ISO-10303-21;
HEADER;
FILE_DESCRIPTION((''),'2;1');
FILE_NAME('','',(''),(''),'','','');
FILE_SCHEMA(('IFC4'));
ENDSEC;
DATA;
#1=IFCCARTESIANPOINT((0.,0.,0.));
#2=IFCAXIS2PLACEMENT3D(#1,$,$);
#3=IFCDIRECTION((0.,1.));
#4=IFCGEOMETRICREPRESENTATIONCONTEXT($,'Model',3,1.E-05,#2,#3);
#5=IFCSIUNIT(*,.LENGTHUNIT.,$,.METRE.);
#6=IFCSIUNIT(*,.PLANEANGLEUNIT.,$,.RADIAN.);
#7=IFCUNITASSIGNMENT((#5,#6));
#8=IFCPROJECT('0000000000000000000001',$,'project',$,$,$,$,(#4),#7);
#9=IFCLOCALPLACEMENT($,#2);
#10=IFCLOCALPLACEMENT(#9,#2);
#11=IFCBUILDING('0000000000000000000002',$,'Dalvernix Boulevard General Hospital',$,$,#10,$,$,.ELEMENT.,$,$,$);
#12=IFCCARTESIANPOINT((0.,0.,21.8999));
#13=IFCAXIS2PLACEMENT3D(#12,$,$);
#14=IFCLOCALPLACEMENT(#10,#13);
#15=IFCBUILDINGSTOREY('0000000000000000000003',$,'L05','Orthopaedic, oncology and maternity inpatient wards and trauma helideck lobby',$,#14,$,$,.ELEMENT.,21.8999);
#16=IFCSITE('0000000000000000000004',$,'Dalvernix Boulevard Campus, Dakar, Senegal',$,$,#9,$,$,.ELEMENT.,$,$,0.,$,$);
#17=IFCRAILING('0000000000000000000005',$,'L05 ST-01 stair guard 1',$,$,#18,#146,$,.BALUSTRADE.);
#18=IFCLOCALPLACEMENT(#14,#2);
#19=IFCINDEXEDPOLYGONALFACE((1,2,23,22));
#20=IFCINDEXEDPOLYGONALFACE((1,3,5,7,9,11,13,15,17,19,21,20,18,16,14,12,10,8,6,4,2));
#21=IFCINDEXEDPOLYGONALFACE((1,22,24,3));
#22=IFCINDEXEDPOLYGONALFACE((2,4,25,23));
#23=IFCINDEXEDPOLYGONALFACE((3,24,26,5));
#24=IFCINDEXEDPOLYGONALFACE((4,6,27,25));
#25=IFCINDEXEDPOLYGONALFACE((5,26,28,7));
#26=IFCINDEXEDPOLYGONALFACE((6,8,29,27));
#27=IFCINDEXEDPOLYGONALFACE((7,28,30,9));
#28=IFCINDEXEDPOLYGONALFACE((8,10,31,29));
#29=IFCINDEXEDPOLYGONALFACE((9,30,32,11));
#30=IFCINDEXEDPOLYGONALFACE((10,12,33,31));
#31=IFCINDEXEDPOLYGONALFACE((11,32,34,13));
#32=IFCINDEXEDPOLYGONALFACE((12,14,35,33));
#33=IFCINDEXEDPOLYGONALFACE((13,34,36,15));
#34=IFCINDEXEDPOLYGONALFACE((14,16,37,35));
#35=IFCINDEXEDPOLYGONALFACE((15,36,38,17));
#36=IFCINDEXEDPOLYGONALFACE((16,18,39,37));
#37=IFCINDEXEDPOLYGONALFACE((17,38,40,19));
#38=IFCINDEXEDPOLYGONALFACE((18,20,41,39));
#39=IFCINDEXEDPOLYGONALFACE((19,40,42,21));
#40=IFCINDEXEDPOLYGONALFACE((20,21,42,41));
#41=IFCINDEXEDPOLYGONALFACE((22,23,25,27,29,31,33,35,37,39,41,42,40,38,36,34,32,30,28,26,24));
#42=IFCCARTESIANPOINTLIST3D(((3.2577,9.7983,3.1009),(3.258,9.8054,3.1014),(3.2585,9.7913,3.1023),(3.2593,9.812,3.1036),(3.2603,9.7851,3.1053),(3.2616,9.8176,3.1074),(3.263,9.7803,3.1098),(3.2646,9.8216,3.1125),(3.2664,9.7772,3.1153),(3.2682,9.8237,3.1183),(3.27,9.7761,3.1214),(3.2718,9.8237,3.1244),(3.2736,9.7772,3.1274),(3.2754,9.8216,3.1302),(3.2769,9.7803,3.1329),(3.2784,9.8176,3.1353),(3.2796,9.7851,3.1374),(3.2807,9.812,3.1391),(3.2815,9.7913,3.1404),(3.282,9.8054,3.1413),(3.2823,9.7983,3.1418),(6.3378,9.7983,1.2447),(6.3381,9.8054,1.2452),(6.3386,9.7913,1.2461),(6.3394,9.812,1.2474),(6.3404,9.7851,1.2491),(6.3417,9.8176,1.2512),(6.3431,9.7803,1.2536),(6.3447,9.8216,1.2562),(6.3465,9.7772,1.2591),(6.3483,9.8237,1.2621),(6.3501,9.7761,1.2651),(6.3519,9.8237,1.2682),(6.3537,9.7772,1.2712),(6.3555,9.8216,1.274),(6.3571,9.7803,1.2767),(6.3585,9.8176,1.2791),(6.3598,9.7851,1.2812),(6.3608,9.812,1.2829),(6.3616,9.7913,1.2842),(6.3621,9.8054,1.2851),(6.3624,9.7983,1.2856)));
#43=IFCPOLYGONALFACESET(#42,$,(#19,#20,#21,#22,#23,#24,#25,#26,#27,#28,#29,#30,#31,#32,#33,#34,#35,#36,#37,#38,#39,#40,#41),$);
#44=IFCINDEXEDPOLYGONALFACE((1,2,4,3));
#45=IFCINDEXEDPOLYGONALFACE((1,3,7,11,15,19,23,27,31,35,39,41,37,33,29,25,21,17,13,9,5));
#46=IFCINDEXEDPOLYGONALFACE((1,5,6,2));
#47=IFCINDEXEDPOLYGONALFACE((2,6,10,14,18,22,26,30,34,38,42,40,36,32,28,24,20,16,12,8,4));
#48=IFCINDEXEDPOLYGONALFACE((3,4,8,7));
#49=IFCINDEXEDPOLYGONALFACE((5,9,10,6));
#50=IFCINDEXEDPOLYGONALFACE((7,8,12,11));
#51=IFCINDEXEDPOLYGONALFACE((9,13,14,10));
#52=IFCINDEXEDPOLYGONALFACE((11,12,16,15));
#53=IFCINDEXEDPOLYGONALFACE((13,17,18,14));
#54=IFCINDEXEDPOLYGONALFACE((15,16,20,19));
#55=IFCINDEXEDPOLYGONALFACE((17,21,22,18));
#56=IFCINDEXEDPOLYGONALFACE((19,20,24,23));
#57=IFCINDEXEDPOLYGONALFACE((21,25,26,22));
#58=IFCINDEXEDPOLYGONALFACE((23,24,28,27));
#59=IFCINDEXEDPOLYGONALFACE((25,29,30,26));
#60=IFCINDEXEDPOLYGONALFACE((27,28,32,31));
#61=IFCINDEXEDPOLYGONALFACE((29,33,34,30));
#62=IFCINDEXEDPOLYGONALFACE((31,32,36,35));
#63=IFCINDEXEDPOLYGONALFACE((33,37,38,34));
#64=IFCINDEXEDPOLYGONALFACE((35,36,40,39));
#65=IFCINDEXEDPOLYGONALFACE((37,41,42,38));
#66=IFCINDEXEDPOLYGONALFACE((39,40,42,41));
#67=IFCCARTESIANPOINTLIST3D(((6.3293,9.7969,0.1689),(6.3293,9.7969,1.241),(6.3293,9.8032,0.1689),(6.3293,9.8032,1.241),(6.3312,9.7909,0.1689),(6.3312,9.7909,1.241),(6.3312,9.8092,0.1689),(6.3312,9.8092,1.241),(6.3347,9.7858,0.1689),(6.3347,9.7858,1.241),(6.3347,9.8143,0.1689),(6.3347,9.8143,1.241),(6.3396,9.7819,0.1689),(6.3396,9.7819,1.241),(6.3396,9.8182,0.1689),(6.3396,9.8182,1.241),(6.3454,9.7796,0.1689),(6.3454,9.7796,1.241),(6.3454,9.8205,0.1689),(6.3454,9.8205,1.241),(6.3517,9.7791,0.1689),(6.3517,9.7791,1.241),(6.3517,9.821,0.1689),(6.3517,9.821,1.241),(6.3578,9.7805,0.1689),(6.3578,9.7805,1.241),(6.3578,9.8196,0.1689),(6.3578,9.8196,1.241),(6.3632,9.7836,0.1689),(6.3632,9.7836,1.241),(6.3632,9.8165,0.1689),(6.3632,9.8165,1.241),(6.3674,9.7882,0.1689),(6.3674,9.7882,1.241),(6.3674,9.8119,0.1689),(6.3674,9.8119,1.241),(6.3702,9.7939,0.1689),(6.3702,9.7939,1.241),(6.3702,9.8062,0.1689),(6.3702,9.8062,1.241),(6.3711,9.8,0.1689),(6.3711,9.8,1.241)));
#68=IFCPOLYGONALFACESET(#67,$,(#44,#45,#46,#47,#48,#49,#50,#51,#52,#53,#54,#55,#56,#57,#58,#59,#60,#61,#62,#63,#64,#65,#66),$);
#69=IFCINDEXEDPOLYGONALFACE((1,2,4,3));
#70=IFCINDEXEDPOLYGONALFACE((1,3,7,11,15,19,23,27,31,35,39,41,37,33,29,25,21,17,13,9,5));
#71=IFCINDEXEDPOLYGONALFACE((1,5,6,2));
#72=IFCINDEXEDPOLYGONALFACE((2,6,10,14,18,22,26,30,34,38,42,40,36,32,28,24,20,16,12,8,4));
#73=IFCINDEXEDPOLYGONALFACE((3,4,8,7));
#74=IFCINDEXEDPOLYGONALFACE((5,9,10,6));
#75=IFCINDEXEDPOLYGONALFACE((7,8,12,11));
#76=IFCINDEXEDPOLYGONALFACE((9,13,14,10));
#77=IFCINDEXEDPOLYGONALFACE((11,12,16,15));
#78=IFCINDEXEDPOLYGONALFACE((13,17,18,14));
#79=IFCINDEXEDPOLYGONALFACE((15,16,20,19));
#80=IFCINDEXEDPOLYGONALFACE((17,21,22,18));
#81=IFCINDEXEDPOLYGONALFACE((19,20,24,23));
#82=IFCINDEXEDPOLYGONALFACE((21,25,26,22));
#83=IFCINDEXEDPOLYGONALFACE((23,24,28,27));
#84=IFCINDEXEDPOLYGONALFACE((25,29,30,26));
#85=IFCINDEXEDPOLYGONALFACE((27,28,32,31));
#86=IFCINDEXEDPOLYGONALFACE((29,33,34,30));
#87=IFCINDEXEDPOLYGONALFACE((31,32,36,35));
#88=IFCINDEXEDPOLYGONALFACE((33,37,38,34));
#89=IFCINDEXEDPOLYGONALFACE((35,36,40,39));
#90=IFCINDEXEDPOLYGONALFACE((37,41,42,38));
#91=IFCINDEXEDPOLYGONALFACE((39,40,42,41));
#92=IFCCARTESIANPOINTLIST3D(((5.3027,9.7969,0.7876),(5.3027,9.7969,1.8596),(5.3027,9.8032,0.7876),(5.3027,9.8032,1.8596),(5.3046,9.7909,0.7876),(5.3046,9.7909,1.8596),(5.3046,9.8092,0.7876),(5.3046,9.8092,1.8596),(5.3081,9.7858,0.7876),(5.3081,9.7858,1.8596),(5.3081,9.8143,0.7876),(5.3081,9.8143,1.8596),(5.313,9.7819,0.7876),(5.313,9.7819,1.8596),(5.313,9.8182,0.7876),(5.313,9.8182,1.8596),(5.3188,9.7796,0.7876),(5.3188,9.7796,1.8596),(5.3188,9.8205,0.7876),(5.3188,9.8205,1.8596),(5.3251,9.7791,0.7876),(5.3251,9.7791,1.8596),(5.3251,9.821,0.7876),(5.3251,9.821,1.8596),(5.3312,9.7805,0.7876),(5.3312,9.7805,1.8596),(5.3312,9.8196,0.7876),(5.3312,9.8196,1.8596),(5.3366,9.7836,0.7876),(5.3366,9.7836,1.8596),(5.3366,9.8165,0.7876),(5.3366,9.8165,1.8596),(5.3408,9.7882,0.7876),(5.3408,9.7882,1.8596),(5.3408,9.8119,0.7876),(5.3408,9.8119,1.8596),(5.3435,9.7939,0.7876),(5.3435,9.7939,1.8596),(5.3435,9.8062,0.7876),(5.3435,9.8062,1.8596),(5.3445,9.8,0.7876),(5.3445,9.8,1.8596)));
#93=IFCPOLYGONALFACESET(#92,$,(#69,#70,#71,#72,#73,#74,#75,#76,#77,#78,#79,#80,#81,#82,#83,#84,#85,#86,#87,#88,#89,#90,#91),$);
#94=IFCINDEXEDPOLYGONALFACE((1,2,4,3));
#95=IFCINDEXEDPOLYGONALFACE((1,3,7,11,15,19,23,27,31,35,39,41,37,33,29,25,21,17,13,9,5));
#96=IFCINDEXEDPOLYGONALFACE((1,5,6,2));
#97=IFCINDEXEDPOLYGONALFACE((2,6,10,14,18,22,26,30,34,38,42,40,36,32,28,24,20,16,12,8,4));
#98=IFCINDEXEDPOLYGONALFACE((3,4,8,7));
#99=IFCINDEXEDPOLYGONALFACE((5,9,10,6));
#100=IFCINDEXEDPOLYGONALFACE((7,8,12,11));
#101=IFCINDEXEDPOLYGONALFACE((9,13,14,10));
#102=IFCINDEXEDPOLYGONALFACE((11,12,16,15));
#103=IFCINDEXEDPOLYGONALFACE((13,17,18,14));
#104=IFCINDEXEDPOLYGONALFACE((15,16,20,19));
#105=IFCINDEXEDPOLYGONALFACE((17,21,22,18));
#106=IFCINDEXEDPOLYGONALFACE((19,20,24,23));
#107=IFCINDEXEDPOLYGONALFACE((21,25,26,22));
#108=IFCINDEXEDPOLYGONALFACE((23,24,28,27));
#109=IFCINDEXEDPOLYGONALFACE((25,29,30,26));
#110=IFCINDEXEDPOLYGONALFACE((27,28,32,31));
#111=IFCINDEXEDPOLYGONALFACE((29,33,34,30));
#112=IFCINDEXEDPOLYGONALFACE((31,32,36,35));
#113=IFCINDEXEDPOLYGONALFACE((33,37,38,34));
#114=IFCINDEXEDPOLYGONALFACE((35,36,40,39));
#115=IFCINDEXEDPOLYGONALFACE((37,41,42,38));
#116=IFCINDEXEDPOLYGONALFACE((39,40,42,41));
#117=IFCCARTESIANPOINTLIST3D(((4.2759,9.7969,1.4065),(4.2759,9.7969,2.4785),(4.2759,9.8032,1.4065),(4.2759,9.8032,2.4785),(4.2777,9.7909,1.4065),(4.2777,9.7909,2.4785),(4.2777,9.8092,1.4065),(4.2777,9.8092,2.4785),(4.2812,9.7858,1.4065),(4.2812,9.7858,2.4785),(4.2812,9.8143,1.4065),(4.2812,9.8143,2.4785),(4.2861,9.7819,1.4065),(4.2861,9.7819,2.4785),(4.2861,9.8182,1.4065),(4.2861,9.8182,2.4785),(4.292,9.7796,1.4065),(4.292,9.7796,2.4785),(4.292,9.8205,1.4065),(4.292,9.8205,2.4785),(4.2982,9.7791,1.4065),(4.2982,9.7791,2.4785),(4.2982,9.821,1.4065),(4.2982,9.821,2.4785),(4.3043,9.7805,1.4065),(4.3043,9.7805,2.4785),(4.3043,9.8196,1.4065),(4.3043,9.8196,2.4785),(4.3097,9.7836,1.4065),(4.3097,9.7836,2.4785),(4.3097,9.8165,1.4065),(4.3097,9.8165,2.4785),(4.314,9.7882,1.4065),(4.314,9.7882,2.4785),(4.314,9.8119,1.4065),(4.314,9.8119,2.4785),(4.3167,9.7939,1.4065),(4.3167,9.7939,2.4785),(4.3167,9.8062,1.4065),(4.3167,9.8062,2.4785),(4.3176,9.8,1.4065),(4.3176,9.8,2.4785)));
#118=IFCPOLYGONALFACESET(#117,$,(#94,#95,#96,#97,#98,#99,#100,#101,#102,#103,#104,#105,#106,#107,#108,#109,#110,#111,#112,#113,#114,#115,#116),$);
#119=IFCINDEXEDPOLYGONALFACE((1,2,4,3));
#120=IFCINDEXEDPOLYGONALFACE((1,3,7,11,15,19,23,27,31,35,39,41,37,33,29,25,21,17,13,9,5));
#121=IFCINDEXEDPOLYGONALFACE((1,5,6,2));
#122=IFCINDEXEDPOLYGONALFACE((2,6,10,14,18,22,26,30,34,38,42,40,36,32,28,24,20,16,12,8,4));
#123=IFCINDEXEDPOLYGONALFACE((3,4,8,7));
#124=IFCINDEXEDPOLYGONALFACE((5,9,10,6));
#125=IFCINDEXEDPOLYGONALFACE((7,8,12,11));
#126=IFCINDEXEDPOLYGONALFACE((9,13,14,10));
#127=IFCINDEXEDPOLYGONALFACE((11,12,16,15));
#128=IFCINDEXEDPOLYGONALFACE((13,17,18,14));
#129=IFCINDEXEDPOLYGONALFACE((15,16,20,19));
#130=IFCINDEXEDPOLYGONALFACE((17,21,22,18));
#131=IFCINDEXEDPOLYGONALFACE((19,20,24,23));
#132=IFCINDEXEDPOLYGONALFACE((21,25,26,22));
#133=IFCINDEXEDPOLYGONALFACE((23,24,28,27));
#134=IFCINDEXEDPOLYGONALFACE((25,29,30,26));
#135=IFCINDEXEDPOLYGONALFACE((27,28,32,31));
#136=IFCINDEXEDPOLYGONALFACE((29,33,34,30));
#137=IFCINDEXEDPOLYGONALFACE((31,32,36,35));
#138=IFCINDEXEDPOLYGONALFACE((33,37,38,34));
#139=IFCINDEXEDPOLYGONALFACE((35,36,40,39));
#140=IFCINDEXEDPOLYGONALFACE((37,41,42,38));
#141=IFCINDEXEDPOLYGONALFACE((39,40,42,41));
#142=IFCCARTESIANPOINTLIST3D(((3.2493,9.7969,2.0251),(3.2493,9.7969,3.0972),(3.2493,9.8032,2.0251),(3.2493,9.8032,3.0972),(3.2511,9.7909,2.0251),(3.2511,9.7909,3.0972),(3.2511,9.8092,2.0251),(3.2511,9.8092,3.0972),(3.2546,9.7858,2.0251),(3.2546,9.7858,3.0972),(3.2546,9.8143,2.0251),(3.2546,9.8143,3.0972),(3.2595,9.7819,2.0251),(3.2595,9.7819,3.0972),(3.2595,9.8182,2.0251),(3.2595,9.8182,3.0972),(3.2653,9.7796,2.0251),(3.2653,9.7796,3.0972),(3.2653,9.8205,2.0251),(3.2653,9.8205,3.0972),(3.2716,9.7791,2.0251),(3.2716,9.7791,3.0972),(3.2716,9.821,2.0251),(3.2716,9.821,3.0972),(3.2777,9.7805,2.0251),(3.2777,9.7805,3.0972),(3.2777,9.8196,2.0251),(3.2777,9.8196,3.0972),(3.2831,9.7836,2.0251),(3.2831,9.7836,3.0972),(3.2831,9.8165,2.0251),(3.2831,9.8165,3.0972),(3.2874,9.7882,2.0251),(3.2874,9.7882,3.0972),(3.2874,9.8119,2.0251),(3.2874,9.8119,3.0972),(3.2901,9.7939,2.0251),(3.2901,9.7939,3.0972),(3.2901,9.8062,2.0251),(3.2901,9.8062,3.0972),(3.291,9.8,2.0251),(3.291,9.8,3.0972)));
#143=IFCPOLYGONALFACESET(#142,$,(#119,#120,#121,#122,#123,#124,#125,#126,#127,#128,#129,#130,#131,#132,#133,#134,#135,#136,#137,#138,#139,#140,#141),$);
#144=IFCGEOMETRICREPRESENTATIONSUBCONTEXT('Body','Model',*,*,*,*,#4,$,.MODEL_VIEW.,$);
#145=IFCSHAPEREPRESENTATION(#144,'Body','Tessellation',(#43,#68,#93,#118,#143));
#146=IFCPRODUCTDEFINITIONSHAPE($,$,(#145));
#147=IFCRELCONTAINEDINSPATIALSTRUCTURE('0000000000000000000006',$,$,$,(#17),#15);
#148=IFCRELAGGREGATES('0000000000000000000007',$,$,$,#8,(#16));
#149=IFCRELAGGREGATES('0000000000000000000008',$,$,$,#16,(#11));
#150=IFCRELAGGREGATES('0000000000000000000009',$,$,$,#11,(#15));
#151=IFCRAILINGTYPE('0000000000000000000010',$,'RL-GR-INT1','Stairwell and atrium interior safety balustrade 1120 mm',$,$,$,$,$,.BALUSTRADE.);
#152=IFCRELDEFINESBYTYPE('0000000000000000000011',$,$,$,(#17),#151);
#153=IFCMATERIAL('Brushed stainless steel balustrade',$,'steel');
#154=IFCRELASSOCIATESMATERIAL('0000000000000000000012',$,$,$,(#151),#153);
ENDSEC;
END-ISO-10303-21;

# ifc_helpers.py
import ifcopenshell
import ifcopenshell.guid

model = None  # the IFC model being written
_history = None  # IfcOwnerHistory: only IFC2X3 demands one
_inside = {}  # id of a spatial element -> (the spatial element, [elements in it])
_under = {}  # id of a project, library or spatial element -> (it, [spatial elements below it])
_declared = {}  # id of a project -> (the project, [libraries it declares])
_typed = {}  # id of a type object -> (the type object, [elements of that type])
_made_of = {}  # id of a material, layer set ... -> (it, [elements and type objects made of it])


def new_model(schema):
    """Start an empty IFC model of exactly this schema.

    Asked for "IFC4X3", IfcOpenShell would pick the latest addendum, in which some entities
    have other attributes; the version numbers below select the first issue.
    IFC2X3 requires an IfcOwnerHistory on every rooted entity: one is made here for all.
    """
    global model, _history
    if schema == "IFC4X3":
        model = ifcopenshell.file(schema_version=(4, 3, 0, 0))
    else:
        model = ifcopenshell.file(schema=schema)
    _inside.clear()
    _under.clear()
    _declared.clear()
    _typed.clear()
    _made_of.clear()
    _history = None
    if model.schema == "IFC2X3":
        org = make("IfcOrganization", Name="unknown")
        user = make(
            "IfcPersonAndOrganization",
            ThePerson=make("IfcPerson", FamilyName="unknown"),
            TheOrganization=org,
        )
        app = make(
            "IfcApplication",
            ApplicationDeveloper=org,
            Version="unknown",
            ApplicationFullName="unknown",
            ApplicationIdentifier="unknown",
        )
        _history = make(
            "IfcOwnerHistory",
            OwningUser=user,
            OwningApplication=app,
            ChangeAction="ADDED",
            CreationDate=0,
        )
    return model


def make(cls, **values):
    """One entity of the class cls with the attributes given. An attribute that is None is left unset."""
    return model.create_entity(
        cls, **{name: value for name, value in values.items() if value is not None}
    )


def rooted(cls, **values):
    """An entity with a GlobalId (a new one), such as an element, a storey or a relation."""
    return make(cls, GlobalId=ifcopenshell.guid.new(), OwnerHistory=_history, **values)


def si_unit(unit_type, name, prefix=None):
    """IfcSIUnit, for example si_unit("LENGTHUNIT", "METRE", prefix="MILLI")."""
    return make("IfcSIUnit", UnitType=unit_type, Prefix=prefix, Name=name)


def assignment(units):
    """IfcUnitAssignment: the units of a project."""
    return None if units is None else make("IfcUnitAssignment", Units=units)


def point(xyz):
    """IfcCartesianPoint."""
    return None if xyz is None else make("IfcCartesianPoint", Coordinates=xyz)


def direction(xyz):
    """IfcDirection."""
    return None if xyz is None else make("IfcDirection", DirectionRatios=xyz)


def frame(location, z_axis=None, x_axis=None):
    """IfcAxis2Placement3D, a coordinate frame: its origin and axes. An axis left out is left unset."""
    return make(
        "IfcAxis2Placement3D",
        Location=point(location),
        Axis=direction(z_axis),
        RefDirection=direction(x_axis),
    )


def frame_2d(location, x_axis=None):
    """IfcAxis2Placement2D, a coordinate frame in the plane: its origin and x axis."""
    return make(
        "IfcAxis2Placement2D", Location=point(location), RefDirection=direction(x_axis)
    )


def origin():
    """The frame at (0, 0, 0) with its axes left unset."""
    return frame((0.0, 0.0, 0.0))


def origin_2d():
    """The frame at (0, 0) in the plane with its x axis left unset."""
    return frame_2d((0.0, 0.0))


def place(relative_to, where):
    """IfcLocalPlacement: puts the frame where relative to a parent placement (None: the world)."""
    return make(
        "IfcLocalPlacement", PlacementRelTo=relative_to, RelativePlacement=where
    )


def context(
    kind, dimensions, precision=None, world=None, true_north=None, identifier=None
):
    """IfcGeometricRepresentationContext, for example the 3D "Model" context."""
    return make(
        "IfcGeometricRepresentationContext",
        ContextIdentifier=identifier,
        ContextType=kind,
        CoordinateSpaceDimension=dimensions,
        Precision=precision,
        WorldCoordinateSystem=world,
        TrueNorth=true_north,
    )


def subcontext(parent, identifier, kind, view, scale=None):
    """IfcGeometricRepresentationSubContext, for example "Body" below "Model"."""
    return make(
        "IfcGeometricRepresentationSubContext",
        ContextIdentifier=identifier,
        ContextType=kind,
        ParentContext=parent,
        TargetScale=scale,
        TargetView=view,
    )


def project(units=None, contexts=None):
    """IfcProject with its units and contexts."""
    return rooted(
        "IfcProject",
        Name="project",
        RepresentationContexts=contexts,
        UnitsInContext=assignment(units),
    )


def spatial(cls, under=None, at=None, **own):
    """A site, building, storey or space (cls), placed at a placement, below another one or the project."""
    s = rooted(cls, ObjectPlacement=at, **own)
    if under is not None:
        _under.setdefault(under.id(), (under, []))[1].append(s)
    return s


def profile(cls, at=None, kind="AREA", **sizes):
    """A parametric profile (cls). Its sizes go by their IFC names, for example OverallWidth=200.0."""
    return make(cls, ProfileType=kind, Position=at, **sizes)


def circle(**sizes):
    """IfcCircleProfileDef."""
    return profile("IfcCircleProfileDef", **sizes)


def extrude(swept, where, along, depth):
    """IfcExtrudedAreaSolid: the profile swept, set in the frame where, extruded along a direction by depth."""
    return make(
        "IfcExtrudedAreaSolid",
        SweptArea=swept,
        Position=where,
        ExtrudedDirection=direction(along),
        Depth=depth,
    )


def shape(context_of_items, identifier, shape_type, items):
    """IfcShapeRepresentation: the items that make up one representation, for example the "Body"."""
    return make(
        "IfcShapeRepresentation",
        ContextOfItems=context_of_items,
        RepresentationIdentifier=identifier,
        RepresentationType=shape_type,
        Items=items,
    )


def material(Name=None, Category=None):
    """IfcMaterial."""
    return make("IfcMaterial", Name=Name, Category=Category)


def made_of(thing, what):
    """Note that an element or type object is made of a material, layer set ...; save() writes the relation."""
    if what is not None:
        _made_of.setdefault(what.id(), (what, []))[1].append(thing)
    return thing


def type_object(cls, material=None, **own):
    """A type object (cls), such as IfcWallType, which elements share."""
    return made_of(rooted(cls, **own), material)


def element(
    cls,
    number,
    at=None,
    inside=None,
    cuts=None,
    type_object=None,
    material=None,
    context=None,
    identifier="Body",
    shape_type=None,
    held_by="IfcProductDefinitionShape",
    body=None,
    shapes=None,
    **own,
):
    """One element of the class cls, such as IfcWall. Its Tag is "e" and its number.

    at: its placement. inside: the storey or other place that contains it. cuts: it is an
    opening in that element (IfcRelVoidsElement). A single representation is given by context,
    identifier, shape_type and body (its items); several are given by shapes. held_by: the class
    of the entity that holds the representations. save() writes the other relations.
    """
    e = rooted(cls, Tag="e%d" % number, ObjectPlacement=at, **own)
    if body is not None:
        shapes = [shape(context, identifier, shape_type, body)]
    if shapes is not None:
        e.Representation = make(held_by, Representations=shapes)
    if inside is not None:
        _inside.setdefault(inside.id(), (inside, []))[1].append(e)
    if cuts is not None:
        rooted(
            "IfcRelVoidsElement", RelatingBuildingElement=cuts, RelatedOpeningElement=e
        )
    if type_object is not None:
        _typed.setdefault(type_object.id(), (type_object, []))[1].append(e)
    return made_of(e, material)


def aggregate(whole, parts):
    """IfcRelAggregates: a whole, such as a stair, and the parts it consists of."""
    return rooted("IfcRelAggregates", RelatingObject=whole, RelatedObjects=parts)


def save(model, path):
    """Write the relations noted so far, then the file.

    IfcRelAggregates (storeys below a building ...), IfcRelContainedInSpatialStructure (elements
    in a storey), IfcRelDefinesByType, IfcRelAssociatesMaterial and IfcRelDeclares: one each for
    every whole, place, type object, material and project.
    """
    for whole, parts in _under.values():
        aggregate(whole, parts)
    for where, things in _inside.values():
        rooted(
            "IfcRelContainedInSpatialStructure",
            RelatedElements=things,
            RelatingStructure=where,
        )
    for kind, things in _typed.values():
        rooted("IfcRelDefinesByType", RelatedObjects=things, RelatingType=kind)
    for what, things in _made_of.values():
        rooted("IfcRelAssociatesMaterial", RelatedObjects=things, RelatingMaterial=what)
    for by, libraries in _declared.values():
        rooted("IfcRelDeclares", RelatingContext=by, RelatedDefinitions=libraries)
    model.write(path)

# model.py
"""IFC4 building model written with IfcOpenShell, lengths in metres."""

from ifc_helpers import new_model, si_unit, direction, frame, origin, origin_2d, place, context, subcontext, project, spatial, circle, extrude, material, type_object, element, save


model = new_model("IFC4")

# Units and contexts
model_context = context("Model", 3, precision=1e-05, world=origin(), true_north=direction((0.0, 1.0)))
body_context = subcontext(model_context, "Body", "Model", "MODEL_VIEW")
ifc_project = project(units=[si_unit("LENGTHUNIT", "METRE"), si_unit("PLANEANGLEUNIT", "RADIAN")], contexts=[model_context])

# Site, building, storey
site_placement = place(None, origin())
site = spatial("IfcSite", under=ifc_project, at=site_placement, Name="Dalvernix Boulevard Campus, Dakar, Senegal", CompositionType="ELEMENT", RefElevation=0.0)
building_placement = place(site_placement, origin())
building = spatial("IfcBuilding", under=site, at=building_placement, Name="Dalvernix Boulevard General Hospital", CompositionType="ELEMENT")
storey_placement = place(building_placement, frame((0.0, 0.0, 21.8999)))
storey = spatial("IfcBuildingStorey", under=building, at=storey_placement, Name="L05", Description="Orthopaedic, oncology and maternity inpatient wards and trauma helideck lobby", CompositionType="ELEMENT", Elevation=21.8999)

# Railing
ifc_material_1 = material(Name="Brushed stainless steel balustrade", Category="steel")
railing_type_1 = type_object("IfcRailingType", Name="RL-GR-INT1", Description="Stairwell and atrium interior safety balustrade 1120 mm", PredefinedType="BALUSTRADE", material=ifc_material_1)
railing_1_placement = place(storey_placement, frame((6.3501, 9.8, 0.1689)))
element("IfcRailing", 1, at=railing_1_placement, inside=storey, type_object=railing_type_1, Name="L05 ST-01 stair guard 1", PredefinedType="BALUSTRADE", context=body_context, shape_type="SweptSolid", body=[
    extrude(circle(Radius=0.0239, at=origin_2d()), frame((0.0, 0.0, 1.0962), z_axis=(-0.856491, 0.0, 0.516162), x_axis=(0.0, -1.0, 0.0)), (0.0, 0.0, 1.0), 3.5962),
    extrude(circle(Radius=0.021, at=origin_2d()), origin(), (0.0, 0.0, 1.0), 1.072),
    extrude(circle(Radius=0.021, at=origin_2d()), frame((-1.0266, 0.0, 0.6187)), (0.0, 0.0, 1.0), 1.072),
    extrude(circle(Radius=0.021, at=origin_2d()), frame((-2.0535, 0.0, 1.2375)), (0.0, 0.0, 1.0), 1.072),
    extrude(circle(Radius=0.021, at=origin_2d()), frame((-3.0801, 0.0, 1.8562)), (0.0, 0.0, 1.0), 1.072),
])

save(model, "model.ifc")
